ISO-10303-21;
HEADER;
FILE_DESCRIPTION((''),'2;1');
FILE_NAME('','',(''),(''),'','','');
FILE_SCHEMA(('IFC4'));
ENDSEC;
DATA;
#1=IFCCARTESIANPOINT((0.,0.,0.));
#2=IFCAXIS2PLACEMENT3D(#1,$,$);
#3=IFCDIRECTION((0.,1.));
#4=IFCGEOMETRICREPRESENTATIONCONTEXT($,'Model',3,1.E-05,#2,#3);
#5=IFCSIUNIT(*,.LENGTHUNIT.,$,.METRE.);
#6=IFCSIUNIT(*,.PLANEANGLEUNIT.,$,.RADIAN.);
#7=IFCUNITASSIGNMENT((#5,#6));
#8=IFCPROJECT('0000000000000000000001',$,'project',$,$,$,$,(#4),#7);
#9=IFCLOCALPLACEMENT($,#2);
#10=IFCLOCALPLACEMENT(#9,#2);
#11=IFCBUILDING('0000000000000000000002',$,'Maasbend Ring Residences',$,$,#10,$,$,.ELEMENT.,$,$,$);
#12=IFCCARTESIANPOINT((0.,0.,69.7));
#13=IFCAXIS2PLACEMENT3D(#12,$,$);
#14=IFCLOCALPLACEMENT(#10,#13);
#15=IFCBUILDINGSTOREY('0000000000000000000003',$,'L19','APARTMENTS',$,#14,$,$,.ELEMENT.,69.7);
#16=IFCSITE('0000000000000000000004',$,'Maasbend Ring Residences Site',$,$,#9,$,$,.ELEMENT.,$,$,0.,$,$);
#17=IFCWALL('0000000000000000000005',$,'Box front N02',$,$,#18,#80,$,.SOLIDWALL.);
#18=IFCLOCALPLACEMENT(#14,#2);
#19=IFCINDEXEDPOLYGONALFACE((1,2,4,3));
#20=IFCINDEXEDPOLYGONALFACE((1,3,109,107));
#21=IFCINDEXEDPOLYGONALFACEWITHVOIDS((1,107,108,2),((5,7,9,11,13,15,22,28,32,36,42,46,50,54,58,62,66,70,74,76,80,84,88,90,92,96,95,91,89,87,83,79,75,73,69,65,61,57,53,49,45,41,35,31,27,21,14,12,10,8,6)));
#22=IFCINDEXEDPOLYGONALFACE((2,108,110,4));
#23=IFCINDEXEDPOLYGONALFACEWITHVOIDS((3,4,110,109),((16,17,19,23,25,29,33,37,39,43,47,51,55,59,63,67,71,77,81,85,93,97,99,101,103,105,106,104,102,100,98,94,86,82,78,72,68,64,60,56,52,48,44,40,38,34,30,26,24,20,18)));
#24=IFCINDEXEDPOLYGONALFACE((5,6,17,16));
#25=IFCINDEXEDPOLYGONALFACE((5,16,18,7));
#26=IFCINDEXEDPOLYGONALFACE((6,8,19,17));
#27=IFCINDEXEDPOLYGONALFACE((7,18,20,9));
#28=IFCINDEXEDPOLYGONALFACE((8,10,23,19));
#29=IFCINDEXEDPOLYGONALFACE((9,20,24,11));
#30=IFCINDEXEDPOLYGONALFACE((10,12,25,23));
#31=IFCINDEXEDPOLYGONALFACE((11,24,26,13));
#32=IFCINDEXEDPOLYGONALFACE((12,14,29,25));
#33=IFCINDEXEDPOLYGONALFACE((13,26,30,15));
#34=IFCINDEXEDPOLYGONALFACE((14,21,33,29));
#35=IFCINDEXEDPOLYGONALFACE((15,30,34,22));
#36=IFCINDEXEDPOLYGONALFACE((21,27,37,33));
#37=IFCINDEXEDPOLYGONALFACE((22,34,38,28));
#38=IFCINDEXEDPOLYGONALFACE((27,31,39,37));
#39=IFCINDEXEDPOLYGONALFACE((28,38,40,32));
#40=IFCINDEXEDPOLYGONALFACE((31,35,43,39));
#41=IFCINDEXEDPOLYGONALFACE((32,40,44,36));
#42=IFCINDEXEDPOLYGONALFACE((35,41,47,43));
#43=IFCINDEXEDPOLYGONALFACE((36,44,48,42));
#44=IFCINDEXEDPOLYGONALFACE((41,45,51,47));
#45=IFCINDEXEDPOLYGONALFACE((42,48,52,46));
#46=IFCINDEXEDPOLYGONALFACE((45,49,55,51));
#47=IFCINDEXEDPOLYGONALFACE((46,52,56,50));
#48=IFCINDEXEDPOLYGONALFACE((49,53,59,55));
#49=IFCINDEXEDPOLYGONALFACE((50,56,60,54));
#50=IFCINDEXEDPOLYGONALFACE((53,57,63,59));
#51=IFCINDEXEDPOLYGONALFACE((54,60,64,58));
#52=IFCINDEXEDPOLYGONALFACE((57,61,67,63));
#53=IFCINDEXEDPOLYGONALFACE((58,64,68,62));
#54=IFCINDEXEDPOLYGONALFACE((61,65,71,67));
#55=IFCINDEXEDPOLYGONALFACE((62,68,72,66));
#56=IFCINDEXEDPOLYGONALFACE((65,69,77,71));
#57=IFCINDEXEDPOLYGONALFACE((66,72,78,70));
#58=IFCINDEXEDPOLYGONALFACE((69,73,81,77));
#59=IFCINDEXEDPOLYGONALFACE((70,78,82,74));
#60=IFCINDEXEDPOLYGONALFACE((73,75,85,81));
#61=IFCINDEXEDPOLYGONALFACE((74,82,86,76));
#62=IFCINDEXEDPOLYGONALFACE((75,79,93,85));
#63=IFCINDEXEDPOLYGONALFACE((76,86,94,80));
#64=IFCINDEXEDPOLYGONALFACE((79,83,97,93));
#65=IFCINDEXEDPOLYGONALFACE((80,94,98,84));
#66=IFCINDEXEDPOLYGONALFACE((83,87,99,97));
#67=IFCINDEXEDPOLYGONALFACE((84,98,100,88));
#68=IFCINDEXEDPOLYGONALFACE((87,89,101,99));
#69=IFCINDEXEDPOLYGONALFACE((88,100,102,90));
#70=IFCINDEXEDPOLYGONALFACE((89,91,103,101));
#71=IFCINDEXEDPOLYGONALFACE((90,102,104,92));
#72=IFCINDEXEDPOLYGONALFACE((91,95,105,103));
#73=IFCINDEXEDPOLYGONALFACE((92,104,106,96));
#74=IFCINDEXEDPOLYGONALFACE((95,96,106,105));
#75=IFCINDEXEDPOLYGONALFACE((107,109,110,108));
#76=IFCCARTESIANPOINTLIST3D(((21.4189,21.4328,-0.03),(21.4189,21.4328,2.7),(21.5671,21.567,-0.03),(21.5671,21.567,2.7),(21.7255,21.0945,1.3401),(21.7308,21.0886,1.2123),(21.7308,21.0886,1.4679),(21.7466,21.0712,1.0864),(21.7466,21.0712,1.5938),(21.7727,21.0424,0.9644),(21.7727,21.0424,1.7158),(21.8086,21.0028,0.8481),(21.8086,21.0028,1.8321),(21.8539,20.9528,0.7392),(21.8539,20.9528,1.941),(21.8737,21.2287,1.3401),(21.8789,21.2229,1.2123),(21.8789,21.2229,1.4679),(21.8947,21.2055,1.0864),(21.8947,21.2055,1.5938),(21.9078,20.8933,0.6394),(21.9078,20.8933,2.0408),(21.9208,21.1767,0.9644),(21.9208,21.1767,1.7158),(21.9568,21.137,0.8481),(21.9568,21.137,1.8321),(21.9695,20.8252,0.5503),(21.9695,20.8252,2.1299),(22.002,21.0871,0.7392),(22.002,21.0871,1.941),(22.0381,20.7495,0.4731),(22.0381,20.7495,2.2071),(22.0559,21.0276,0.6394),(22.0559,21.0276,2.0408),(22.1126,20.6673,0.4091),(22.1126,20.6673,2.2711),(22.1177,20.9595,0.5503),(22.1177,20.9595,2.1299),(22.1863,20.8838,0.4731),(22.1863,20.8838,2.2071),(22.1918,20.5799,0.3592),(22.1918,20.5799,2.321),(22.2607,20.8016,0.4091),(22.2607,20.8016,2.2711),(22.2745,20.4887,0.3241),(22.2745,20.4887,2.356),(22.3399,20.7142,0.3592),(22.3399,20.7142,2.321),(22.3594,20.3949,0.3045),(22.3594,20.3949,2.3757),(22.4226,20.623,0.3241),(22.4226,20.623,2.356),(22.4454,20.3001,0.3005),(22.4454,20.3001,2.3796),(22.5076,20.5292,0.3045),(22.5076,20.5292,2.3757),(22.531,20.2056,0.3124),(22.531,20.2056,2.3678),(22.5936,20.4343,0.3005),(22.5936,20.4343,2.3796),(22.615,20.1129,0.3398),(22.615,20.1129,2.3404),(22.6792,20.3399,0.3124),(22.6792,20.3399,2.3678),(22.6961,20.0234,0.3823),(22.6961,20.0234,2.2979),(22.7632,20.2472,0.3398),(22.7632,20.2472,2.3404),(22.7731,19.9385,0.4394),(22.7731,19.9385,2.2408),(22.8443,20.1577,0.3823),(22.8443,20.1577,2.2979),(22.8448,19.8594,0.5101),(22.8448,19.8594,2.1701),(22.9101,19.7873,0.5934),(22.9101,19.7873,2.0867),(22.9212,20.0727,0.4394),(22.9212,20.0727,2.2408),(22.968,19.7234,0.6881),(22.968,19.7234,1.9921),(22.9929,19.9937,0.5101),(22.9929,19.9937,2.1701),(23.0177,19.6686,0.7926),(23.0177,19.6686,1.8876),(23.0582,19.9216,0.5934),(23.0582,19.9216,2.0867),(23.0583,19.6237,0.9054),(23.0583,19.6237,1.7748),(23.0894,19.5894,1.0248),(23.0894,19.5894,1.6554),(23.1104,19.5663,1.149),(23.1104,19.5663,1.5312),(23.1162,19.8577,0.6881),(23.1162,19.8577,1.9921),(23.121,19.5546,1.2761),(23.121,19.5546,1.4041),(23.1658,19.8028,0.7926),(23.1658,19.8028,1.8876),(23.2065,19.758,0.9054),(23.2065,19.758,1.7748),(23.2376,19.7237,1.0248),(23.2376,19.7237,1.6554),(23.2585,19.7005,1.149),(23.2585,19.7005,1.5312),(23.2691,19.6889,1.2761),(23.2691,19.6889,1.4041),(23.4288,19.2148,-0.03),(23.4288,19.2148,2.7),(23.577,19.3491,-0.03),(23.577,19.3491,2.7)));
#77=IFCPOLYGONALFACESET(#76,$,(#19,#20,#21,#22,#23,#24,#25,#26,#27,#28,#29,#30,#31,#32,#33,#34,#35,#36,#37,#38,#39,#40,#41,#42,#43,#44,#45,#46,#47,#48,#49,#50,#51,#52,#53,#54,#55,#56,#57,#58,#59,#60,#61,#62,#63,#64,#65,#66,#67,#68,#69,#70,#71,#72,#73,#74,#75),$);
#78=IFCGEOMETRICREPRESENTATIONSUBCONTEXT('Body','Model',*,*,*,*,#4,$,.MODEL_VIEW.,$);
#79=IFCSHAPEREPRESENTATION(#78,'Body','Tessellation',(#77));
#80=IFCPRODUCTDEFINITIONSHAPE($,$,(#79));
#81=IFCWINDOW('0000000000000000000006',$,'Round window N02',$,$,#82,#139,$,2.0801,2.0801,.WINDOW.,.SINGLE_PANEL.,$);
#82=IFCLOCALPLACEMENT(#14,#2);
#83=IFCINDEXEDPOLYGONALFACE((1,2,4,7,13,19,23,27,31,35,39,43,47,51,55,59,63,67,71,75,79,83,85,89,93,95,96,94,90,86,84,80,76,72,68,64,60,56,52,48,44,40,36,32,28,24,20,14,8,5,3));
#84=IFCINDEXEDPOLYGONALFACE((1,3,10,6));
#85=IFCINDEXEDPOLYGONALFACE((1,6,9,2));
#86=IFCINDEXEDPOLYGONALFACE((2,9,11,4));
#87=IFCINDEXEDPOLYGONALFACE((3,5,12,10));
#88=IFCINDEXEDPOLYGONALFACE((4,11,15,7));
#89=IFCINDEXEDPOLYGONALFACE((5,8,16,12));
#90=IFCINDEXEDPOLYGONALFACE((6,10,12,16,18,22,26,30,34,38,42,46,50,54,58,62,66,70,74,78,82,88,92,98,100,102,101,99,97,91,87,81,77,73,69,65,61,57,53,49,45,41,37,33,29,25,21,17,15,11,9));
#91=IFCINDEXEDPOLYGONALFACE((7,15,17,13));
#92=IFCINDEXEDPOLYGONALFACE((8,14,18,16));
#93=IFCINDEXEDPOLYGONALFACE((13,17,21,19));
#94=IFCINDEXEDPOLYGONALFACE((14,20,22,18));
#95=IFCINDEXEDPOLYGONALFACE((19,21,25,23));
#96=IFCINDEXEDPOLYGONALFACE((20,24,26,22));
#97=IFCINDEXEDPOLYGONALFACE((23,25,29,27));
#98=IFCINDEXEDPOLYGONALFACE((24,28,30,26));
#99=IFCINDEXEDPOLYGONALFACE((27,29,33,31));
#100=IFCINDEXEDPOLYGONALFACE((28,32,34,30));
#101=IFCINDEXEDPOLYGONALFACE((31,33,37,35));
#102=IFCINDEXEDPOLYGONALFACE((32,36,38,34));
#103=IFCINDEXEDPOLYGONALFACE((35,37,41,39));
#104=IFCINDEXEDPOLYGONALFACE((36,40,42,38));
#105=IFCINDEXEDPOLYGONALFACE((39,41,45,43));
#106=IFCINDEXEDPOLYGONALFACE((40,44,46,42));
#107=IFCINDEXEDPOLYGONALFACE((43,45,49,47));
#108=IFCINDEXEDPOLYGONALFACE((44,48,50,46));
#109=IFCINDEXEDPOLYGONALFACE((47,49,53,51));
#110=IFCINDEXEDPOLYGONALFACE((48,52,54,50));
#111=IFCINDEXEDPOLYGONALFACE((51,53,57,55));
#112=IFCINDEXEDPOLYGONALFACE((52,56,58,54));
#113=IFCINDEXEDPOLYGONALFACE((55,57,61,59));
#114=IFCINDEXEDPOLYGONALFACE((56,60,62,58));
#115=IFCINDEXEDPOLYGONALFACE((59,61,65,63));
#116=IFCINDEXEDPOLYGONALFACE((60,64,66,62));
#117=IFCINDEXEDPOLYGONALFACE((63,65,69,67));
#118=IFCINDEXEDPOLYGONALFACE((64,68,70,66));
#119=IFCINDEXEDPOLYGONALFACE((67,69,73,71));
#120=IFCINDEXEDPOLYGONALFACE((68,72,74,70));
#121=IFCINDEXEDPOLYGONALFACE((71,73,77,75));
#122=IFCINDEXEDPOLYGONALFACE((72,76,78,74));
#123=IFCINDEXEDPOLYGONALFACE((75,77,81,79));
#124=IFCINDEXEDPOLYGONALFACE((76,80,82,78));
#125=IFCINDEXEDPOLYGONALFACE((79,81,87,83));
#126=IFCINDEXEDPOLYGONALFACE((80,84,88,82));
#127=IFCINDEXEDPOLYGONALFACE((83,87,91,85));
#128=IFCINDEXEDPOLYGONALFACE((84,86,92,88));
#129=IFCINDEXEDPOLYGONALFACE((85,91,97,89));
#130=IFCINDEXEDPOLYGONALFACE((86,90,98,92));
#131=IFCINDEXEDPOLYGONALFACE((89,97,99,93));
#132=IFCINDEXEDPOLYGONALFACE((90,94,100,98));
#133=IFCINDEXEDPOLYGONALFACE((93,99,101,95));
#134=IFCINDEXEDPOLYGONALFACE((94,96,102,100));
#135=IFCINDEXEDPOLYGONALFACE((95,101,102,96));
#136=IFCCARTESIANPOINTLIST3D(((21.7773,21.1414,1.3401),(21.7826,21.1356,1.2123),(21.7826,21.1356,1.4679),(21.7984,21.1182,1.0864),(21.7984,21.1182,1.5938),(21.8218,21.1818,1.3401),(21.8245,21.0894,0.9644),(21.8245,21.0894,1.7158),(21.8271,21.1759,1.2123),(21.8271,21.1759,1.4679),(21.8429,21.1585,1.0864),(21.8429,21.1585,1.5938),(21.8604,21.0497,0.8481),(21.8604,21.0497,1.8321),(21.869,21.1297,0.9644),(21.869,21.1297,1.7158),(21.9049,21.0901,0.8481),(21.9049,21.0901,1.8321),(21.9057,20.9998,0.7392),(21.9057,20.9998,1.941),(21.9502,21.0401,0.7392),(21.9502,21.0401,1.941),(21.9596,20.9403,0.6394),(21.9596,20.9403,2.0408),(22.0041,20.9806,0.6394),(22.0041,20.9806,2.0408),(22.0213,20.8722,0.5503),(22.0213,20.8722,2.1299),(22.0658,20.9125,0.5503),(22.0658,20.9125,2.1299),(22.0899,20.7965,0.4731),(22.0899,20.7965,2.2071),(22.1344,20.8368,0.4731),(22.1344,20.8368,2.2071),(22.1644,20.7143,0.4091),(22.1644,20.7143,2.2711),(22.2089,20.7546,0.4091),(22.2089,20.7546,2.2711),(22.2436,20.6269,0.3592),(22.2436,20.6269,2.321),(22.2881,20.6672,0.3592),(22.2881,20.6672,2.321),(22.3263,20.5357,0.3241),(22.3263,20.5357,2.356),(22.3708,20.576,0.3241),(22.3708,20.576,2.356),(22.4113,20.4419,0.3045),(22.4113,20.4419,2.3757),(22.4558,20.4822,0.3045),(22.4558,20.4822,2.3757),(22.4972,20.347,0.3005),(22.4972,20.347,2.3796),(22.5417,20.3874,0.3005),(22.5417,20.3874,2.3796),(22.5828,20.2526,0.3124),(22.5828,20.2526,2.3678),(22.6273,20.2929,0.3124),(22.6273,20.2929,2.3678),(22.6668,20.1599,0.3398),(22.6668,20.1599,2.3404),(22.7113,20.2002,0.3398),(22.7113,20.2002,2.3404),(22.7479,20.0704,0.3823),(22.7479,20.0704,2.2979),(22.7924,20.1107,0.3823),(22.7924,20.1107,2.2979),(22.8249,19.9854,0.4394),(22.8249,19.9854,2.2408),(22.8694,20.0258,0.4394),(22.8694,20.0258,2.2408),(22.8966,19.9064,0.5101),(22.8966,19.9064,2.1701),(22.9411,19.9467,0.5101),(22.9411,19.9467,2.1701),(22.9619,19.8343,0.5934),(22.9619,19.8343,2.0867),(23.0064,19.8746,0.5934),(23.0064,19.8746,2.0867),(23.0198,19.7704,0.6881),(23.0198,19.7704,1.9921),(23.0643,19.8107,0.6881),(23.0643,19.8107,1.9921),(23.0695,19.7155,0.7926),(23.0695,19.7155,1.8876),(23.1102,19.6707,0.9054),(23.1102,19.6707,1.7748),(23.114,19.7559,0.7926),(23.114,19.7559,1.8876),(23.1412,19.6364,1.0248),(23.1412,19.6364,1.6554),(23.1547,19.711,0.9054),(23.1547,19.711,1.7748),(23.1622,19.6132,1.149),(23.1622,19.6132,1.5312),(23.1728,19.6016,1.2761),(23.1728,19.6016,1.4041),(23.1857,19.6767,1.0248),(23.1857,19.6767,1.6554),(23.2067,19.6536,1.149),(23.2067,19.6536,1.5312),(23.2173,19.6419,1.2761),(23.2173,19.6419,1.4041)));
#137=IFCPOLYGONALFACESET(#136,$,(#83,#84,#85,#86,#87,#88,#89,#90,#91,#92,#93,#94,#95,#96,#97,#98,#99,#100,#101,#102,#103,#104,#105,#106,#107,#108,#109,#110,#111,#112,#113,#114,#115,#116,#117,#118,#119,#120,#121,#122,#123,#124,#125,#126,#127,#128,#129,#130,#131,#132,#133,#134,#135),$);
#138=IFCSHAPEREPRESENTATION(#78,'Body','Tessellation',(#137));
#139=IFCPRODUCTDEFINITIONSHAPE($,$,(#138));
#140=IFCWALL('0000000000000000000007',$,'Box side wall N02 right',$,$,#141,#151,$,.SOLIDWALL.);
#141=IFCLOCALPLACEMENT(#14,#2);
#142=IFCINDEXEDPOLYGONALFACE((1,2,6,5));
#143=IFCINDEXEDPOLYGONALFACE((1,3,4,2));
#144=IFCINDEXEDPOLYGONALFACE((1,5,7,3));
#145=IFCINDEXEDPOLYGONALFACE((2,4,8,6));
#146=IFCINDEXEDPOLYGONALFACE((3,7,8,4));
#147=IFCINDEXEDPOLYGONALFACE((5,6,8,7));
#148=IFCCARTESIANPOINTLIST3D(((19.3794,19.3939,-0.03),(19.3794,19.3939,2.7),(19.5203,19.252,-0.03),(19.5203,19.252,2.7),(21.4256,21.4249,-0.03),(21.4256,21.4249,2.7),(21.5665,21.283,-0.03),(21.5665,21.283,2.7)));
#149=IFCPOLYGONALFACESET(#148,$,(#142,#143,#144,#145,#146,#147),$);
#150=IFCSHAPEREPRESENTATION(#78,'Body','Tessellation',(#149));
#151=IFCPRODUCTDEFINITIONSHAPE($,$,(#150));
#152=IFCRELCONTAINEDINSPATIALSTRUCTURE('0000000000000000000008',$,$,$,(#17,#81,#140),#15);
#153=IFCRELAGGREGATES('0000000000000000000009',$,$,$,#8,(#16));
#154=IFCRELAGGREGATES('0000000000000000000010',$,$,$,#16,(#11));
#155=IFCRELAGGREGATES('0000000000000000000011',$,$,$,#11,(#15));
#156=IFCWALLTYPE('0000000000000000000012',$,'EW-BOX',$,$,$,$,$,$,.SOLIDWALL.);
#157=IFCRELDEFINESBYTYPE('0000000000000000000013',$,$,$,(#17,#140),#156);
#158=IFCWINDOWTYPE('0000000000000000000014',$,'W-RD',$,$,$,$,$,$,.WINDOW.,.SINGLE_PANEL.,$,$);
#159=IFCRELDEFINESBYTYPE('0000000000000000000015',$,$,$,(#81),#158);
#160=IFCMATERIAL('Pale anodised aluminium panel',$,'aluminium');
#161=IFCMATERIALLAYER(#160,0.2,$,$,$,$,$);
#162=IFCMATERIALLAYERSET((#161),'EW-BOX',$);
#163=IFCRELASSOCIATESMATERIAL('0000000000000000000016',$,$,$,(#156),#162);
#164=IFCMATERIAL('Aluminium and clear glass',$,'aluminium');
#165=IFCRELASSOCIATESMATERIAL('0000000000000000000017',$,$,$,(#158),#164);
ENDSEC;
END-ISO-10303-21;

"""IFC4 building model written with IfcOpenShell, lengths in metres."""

from ifc_helpers import new_model, si_unit, direction, frame, frame_2d, origin, place, context, subcontext, project, spatial, rectangle, circle, extrude, material, layer, layer_set, type_object, element, fill, save


model = new_model("IFC4")

# Units and contexts
model_context = context("Model", 3, precision=1e-05, world=origin(), true_north=direction((0.0, 1.0)))
body_context = subcontext(model_context, "Body", "Model", "MODEL_VIEW")
ifc_project = project(units=[si_unit("LENGTHUNIT", "METRE"), si_unit("PLANEANGLEUNIT", "RADIAN")], contexts=[model_context])

# Site, building, storey
site_placement = place(None, origin())
site = spatial("IfcSite", under=ifc_project, at=site_placement, Name="Maasbend Ring Residences Site", CompositionType="ELEMENT", RefElevation=0.0)
building_placement = place(site_placement, origin())
building = spatial("IfcBuilding", under=site, at=building_placement, Name="Maasbend Ring Residences", CompositionType="ELEMENT")
storey_placement = place(building_placement, frame((0.0, 0.0, 69.7)))
storey = spatial("IfcBuildingStorey", under=building, at=storey_placement, Name="L19", Description="APARTMENTS", CompositionType="ELEMENT", Elevation=69.7)

# Wall, opening, window
ifc_material_1 = material(Name="Pale anodised aluminium panel", Category="aluminium")
ifc_layer_1 = layer(ifc_material_1, 0.2)
ifc_layer_set_1 = layer_set([ifc_layer_1], Name="EW-BOX")
wall_type_1 = type_object("IfcWallType", Name="EW-BOX", PredefinedType="SOLIDWALL", material=ifc_layer_set_1)
wall_1_placement = place(storey_placement, frame((23.5029, 19.282, -0.03), z_axis=(0.0, 0.0, 1.0), x_axis=(-0.671507, 0.740998, 0.0)))
wall_1 = element("IfcWall", 1, at=wall_1_placement, inside=storey, type_object=wall_type_1, Name="Box front N02", PredefinedType="SOLIDWALL", context=body_context, shape_type="SweptSolid", body=[
    extrude(rectangle(XDim=2.9932, YDim=0.2, at=frame_2d((1.4966, 0.0))), origin(), (0.0, 0.0, 1.0), 2.73),
])
opening_1_placement = place(wall_1_placement, frame((0.4565, 0.0, 0.3301)))
opening_1 = element("IfcOpeningElement", 2, at=opening_1_placement, cuts=wall_1, PredefinedType="OPENING", context=body_context, shape_type="SweptSolid", body=[
    extrude(circle(Radius=1.04, at=frame_2d((1.04, 1.04))), frame((0.0, 0.1099, 0.0), z_axis=(0.0, -1.0, 0.0), x_axis=(1.0, 0.0, 0.0)), (0.0, 0.0, 1.0), 0.22),
])
ifc_material_2 = material(Name="Aluminium and clear glass", Category="aluminium")
window_type_1 = type_object("IfcWindowType", Name="W-RD", PartitioningType="SINGLE_PANEL", PredefinedType="WINDOW", material=ifc_material_2)
window_1_placement = place(opening_1_placement, origin())
window_1 = element("IfcWindow", 3, at=window_1_placement, inside=storey, type_object=window_type_1, Name="Round window N02", OverallHeight=2.0801, OverallWidth=2.0801, PartitioningType="SINGLE_PANEL", PredefinedType="WINDOW", context=body_context, shape_type="SweptSolid", body=[
    extrude(circle(Radius=1.04, at=frame_2d((1.04, 1.04))), frame((0.0, 0.03, 0.0), z_axis=(0.0, -1.0, 0.0), x_axis=(1.0, 0.0, 0.0)), (0.0, 0.0, 1.0), 0.0601),
])
fill(opening_1, window_1)

# Wall
wall_2_placement = place(storey_placement, frame((19.45, 19.323, -0.03), z_axis=(0.0, 0.0, 1.0), x_axis=(0.709727, 0.704477, 0.0)))
element("IfcWall", 4, at=wall_2_placement, inside=storey, type_object=wall_type_1, Name="Box side wall N02 right", PredefinedType="SOLIDWALL", context=body_context, shape_type="SweptSolid", body=[
    extrude(rectangle(XDim=2.8831, YDim=0.2, at=frame_2d((1.4414, 0.0))), origin(), (0.0, 0.0, 1.0), 2.73),
])

save(model, "model.ifc")
